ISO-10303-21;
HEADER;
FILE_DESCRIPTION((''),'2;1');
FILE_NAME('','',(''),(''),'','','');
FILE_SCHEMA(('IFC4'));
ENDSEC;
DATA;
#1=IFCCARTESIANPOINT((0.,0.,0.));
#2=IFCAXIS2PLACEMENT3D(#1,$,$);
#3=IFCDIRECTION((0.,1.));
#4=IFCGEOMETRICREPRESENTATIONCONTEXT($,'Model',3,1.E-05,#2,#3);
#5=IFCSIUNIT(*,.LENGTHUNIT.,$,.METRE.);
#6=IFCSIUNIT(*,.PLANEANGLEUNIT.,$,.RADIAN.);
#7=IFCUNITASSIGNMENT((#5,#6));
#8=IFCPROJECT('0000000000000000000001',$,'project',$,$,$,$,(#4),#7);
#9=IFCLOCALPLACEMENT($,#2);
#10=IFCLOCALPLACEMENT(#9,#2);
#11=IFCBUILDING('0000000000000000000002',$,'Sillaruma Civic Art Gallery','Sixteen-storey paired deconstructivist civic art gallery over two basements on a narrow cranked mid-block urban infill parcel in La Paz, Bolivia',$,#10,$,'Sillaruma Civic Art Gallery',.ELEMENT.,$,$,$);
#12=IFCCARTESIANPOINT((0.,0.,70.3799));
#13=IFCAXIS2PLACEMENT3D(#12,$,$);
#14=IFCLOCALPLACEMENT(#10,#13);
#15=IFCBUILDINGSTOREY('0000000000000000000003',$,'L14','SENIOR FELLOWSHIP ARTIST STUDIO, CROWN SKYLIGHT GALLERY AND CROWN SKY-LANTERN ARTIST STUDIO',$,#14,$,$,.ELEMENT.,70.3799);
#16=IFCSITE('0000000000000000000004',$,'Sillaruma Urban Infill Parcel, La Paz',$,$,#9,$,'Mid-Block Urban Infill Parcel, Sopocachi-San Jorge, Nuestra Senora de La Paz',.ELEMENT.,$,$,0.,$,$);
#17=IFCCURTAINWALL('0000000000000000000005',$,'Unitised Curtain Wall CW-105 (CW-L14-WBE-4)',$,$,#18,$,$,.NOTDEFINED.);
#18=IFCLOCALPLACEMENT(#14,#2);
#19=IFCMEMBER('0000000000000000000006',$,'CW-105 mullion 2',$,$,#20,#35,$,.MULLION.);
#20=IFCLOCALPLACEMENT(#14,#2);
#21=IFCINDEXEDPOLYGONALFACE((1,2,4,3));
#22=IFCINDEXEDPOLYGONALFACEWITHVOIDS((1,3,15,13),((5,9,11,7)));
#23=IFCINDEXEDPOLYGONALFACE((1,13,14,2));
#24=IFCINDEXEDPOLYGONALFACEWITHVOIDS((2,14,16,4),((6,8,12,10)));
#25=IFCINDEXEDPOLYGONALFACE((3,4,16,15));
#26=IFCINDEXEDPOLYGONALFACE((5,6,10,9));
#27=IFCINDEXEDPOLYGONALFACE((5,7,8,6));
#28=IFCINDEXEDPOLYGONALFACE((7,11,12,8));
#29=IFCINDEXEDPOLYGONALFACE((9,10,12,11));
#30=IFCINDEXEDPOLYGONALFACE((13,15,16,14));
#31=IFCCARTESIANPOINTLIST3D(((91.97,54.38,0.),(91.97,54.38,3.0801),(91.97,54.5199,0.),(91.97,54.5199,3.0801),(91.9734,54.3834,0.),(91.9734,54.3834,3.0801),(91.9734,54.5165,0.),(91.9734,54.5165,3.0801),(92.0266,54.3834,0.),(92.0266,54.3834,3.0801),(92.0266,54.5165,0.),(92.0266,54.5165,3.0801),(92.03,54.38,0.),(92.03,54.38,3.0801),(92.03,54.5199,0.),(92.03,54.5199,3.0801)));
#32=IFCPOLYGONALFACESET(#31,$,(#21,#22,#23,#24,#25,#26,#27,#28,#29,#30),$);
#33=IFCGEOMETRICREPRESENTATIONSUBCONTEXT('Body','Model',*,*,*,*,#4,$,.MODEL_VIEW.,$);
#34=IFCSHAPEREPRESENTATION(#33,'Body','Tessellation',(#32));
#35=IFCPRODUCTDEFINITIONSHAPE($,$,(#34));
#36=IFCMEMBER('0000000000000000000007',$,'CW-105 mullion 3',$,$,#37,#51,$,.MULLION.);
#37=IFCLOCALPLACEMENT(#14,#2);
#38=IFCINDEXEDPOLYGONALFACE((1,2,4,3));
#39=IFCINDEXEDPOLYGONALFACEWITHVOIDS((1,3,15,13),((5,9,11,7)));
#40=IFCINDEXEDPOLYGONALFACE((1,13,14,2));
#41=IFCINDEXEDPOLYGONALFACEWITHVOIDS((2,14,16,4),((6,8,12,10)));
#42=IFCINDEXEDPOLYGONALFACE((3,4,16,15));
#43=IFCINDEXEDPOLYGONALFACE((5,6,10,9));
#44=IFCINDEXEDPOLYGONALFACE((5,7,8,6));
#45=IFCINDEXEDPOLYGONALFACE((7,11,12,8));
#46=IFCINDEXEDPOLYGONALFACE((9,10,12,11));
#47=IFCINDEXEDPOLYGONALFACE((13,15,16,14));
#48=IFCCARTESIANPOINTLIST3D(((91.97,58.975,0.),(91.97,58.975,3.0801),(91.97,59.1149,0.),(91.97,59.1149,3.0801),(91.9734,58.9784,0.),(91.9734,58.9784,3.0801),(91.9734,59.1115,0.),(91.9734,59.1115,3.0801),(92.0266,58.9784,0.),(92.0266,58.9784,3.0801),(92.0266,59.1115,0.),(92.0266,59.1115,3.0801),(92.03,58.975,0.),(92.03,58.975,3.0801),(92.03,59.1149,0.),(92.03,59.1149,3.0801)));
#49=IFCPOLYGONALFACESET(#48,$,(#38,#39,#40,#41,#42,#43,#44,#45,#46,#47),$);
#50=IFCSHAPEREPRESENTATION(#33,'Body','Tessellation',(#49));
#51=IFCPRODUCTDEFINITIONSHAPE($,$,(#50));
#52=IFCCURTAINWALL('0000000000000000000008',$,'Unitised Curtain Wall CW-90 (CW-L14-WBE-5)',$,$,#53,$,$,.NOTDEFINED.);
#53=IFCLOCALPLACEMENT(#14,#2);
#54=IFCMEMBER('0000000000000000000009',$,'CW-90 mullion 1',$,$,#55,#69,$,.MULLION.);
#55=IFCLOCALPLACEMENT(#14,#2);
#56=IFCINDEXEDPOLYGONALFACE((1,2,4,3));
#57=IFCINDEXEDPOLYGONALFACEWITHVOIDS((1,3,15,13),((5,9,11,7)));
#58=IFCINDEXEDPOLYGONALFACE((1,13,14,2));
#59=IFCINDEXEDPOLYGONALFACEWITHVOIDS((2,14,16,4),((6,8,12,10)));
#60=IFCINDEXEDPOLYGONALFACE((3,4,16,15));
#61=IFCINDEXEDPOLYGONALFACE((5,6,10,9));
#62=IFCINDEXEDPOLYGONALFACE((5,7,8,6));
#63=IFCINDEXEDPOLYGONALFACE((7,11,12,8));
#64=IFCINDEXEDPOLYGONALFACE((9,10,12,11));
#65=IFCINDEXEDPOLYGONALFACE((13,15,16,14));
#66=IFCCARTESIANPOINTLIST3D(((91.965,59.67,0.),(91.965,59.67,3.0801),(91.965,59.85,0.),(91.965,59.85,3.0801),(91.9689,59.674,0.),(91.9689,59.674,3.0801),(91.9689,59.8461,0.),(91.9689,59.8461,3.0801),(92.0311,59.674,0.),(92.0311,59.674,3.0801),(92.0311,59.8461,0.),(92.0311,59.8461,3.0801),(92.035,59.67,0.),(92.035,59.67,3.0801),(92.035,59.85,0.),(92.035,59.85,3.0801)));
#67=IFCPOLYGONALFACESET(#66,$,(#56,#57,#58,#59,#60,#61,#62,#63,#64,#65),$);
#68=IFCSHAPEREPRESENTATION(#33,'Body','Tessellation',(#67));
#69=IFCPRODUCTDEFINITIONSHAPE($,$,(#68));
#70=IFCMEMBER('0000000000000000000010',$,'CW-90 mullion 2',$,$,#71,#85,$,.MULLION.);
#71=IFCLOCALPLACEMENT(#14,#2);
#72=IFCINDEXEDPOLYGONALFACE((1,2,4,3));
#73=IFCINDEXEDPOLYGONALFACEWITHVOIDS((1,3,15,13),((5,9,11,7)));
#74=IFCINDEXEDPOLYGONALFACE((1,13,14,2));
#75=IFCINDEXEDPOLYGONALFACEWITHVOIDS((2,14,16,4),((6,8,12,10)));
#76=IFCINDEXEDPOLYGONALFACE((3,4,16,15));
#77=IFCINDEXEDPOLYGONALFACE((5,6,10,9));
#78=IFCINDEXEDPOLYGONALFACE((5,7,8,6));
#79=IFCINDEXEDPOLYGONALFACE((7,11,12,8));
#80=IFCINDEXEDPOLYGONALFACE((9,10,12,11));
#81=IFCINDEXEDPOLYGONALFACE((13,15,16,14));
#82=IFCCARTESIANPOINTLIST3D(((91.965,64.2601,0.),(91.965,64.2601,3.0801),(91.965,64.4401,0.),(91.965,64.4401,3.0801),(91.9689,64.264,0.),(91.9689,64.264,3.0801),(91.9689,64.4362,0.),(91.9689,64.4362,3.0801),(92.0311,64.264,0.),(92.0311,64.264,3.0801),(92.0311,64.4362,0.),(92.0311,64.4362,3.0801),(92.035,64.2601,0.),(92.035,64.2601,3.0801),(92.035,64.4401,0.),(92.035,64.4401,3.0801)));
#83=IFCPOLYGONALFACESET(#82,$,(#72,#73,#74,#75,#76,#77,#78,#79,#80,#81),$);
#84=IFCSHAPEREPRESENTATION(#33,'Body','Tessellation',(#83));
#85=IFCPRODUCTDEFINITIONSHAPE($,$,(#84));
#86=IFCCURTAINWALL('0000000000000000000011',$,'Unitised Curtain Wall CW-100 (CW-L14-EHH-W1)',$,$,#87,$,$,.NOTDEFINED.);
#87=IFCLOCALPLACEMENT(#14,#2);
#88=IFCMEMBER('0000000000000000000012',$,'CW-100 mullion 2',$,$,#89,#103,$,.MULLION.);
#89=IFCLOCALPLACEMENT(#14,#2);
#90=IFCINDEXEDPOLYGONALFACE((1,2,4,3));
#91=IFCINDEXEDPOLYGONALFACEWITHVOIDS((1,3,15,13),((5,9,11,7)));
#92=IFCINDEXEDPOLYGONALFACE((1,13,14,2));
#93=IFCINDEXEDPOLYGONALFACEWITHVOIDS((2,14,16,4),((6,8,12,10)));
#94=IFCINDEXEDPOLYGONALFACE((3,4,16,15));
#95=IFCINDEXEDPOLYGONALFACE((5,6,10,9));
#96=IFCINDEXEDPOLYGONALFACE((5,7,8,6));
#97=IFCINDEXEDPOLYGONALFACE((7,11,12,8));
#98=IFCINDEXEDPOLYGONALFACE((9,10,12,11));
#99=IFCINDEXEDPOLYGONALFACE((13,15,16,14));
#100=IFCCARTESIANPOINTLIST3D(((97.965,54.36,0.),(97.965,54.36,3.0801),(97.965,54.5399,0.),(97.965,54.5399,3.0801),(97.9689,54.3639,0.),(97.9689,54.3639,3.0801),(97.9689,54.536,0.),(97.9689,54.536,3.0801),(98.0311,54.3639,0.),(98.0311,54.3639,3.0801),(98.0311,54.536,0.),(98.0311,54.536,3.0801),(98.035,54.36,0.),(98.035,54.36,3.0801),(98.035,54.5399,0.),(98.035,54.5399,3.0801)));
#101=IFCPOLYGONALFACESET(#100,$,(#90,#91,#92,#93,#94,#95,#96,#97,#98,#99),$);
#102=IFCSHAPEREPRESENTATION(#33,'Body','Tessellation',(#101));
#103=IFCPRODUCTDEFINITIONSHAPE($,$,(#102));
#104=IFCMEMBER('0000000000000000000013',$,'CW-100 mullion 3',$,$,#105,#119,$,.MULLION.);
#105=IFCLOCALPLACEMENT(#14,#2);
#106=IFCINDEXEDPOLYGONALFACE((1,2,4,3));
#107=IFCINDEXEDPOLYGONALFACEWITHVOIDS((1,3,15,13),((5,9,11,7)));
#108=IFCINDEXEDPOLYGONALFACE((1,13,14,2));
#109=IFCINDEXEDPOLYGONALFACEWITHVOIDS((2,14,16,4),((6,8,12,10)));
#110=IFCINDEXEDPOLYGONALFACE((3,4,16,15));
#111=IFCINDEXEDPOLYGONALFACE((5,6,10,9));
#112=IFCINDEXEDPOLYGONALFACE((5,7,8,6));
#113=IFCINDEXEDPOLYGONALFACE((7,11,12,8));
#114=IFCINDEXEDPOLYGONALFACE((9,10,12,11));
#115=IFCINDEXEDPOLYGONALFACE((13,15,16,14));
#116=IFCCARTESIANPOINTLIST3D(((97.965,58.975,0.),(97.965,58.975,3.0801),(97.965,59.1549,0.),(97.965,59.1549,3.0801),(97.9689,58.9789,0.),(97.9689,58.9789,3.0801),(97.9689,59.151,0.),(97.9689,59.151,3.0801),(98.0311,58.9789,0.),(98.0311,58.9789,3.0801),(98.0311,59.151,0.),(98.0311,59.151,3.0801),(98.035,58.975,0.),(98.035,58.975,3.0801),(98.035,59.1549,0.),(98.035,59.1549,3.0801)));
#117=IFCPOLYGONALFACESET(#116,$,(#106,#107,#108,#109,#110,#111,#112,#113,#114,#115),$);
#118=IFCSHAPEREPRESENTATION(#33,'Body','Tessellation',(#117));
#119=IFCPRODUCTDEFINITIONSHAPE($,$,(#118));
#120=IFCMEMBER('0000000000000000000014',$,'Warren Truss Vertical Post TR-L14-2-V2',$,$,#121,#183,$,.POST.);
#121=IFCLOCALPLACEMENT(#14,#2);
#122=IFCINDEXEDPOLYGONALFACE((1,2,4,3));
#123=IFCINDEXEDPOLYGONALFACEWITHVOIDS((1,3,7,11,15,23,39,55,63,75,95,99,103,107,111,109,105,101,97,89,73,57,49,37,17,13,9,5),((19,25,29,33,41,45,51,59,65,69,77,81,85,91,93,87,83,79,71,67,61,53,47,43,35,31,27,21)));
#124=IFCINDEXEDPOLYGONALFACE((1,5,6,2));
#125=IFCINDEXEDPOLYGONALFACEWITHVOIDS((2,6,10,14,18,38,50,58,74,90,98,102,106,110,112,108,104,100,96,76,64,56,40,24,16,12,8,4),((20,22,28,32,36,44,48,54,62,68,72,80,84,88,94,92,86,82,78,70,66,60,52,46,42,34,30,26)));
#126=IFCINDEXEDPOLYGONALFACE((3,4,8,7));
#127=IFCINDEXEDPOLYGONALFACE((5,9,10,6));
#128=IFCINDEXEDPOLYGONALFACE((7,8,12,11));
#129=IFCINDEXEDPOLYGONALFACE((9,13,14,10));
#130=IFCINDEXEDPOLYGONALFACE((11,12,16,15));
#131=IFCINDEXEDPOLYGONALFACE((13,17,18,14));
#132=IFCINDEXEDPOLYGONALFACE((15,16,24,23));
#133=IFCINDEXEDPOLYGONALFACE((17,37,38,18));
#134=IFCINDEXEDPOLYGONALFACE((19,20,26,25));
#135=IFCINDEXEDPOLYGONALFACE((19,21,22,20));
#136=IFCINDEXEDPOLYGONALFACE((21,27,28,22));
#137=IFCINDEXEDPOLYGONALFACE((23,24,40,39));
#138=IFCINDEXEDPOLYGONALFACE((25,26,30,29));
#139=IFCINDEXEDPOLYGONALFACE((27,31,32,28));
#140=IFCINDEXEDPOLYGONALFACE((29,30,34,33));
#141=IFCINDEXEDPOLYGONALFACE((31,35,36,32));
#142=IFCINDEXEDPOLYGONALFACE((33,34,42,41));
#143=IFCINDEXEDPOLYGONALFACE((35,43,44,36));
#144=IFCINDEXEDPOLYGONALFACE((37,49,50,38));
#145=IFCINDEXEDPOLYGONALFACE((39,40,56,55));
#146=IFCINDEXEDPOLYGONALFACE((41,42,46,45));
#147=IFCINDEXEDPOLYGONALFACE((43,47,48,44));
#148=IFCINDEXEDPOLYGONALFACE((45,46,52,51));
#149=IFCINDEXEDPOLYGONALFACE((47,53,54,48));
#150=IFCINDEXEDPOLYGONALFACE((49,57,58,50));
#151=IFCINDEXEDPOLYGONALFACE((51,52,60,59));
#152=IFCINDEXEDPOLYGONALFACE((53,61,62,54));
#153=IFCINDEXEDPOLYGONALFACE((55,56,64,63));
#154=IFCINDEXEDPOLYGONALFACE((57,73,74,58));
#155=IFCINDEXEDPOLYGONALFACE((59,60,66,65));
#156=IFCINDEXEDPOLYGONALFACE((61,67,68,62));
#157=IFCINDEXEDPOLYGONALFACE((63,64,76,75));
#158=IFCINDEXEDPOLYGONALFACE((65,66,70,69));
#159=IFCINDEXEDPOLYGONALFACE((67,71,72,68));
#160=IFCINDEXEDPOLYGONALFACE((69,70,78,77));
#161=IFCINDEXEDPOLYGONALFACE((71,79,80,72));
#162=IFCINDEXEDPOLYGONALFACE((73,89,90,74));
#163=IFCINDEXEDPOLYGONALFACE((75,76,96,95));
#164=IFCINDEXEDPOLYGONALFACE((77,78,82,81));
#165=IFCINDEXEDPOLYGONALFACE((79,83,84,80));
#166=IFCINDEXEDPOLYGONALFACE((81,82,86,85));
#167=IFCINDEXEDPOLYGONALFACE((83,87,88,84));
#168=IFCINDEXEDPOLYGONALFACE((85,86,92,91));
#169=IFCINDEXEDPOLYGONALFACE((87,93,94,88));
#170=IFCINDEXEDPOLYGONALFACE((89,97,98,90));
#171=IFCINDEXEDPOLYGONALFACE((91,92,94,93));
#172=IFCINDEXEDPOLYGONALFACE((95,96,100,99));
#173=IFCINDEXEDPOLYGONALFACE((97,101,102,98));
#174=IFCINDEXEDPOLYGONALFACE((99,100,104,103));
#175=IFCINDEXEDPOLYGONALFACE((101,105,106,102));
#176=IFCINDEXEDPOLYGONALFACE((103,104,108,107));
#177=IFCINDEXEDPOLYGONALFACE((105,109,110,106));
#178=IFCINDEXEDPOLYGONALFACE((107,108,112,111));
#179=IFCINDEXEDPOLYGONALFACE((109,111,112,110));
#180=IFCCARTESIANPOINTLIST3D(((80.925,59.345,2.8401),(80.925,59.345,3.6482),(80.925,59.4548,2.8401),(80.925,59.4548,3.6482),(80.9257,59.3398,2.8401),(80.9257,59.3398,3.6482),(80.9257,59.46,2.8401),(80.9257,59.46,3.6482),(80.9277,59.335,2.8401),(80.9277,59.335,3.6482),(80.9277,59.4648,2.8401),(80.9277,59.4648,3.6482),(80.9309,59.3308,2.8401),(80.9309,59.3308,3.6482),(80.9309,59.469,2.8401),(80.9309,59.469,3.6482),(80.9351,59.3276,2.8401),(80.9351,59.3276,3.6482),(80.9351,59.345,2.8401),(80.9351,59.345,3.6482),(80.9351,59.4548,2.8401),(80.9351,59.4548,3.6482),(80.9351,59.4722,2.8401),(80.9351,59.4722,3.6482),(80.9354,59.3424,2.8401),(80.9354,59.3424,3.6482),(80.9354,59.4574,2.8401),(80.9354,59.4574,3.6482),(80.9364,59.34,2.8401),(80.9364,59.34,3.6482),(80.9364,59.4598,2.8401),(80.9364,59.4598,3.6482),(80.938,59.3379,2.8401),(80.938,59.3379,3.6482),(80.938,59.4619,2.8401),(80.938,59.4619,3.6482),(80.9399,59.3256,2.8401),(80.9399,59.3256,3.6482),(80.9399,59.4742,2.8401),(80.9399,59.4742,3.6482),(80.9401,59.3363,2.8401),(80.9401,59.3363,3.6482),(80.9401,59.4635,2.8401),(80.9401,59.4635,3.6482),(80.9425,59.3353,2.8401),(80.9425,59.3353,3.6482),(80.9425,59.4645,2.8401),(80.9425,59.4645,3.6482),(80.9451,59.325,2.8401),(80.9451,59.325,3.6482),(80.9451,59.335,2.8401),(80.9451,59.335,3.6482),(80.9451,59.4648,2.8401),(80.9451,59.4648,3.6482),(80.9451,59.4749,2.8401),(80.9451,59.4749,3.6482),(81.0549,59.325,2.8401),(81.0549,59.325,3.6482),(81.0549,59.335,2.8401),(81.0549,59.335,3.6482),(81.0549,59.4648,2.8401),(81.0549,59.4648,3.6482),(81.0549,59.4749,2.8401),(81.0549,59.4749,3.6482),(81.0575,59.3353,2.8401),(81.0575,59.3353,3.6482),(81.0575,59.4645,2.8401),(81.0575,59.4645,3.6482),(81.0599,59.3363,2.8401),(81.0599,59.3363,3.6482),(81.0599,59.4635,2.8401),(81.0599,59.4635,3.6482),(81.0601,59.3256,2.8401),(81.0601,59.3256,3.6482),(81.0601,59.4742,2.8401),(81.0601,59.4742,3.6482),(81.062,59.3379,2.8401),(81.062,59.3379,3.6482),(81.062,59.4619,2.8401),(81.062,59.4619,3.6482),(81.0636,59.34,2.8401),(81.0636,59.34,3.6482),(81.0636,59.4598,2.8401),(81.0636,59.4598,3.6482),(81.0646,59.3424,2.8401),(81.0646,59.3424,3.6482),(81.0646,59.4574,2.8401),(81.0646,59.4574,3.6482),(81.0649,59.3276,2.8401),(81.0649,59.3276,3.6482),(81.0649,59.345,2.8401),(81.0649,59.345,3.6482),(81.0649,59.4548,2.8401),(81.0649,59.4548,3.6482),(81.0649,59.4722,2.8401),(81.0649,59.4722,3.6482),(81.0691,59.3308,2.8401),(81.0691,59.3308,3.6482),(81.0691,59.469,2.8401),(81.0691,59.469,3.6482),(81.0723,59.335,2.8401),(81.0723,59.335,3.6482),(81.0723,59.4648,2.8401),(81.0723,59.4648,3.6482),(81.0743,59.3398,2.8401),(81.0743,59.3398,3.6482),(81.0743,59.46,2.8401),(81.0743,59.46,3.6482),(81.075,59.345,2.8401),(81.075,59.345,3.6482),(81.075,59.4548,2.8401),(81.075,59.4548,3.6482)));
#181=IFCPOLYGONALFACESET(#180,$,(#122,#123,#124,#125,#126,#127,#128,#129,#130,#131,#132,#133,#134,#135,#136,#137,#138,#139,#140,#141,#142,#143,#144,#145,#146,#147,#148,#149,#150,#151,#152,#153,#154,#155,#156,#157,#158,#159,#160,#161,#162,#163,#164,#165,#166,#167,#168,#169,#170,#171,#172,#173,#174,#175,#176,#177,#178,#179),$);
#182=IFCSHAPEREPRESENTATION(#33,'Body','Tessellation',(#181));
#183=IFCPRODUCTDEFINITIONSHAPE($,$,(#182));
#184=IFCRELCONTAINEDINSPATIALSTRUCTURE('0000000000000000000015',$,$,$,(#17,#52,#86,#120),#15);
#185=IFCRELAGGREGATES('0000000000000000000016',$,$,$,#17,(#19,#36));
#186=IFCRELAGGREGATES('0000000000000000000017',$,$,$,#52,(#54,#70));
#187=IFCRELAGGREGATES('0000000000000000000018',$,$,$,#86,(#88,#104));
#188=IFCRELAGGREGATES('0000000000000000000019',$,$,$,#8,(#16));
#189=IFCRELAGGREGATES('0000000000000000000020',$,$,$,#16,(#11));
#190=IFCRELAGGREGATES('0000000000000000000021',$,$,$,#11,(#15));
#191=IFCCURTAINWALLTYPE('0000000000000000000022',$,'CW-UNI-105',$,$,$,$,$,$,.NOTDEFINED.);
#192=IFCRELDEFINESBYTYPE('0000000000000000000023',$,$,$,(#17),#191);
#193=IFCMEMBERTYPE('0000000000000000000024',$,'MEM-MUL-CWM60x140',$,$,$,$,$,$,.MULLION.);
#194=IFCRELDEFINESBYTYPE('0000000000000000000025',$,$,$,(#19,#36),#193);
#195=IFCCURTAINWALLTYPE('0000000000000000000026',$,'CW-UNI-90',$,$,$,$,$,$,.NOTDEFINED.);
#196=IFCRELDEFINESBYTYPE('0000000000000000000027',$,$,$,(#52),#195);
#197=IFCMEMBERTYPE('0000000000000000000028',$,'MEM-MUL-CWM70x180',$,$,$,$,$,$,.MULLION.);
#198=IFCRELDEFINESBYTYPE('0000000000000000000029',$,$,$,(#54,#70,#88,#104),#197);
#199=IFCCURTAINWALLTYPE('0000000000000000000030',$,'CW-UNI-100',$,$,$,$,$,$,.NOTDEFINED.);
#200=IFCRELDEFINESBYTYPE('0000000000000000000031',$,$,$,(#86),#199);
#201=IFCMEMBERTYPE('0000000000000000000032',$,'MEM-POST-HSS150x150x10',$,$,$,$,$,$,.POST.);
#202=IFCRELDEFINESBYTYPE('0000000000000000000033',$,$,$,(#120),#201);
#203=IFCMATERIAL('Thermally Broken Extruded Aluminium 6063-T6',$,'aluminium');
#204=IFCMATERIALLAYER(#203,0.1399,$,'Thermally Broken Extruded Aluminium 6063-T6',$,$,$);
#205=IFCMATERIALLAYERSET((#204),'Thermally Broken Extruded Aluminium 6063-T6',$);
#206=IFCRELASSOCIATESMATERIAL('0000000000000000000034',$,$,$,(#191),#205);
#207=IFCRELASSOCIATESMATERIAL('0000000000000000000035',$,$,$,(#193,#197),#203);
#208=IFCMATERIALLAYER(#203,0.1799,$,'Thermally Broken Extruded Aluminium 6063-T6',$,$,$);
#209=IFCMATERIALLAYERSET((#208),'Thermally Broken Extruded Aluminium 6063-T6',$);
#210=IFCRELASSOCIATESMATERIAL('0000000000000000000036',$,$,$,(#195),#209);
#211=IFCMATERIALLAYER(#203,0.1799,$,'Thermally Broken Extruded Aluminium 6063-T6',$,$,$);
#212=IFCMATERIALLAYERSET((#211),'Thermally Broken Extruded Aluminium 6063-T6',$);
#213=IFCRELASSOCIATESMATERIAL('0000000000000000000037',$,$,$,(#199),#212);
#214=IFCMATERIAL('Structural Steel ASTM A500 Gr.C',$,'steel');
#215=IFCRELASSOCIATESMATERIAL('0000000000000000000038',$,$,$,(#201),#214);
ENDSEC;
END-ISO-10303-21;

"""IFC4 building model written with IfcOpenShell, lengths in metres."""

from ifc_helpers import new_model, si_unit, direction, frame, origin, origin_2d, place, context, subcontext, project, spatial, hollow_rectangle, extrude, material, layer, layer_set, material_profile, profile_set, type_object, element, aggregate, save


model = new_model("IFC4")

# Units and contexts
model_context = context("Model", 3, precision=1e-05, world=origin(), true_north=direction((0.0, 1.0)))
body_context = subcontext(model_context, "Body", "Model", "MODEL_VIEW")
ifc_project = project(units=[si_unit("LENGTHUNIT", "METRE"), si_unit("PLANEANGLEUNIT", "RADIAN")], contexts=[model_context])

# Site, building, storey
site_placement = place(None, origin())
site = spatial("IfcSite", under=ifc_project, at=site_placement, Name="Sillaruma Urban Infill Parcel, La Paz", LongName="Mid-Block Urban Infill Parcel, Sopocachi-San Jorge, Nuestra Senora de La Paz", CompositionType="ELEMENT", RefElevation=0.0)
building_placement = place(site_placement, origin())
building = spatial("IfcBuilding", under=site, at=building_placement, Name="Sillaruma Civic Art Gallery", Description="Sixteen-storey paired deconstructivist civic art gallery over two basements on a narrow cranked mid-block urban infill parcel in La Paz, Bolivia", LongName="Sillaruma Civic Art Gallery", CompositionType="ELEMENT")
storey_placement = place(building_placement, frame((0.0, 0.0, 70.3799)))
storey = spatial("IfcBuildingStorey", under=building, at=storey_placement, Name="L14", Description="SENIOR FELLOWSHIP ARTIST STUDIO, CROWN SKYLIGHT GALLERY AND CROWN SKY-LANTERN ARTIST STUDIO", CompositionType="ELEMENT", Elevation=70.3799)

# Shared definitions
ifc_material_1 = material(Name="Structural Steel ASTM A500 Gr.C", Category="steel")

# Curtain walls, members
ifc_material_2 = material(Name="Thermally Broken Extruded Aluminium 6063-T6", Category="aluminium")
ifc_layer_1 = layer(ifc_material_2, 0.1399, Name="Thermally Broken Extruded Aluminium 6063-T6")
ifc_layer_set_1 = layer_set([ifc_layer_1], Name="Thermally Broken Extruded Aluminium 6063-T6")
curtain_wall_type_1 = type_object("IfcCurtainWallType", Name="CW-UNI-105", PredefinedType="NOTDEFINED", material=ifc_layer_set_1)
curtain_wall_1_placement = place(storey_placement, origin())
curtain_wall_1 = element("IfcCurtainWall", 1, at=curtain_wall_1_placement, inside=storey, type_object=curtain_wall_type_1, Name="Unitised Curtain Wall CW-105 (CW-L14-WBE-4)", PredefinedType="NOTDEFINED")
ifc_material_profile_1 = material_profile(ifc_material_2, hollow_rectangle(XDim=0.0601, YDim=0.1399, WallThickness=0.0034, at=origin_2d()), Name="CWM60x140")
ifc_profile_set_1 = profile_set([ifc_material_profile_1], Name="Thermally Broken Extruded Aluminium 6063-T6")
member_type_1 = type_object("IfcMemberType", Name="MEM-MUL-CWM60x140", PredefinedType="MULLION", material=ifc_profile_set_1)
member_1_placement = place(storey_placement, frame((92.0, 54.45, 0.0), z_axis=(0.0, 0.0, 1.0), x_axis=(-1.0, 0.0, 0.0)))
member_1 = element("IfcMember", 2, at=member_1_placement, type_object=member_type_1, Name="CW-105 mullion 2", PredefinedType="MULLION", context=body_context, shape_type="SweptSolid", body=[
    extrude(hollow_rectangle(XDim=0.0601, YDim=0.1399, WallThickness=0.0034, at=origin_2d()), origin(), (0.0, 0.0, 1.0), 3.0801),
])
member_2_placement = place(storey_placement, frame((92.0, 59.0449, 0.0), z_axis=(0.0, 0.0, 1.0), x_axis=(-1.0, 0.0, 0.0)))
member_2 = element("IfcMember", 3, at=member_2_placement, type_object=member_type_1, Name="CW-105 mullion 3", PredefinedType="MULLION", context=body_context, shape_type="SweptSolid", body=[
    extrude(hollow_rectangle(XDim=0.0601, YDim=0.1399, WallThickness=0.0034, at=origin_2d()), origin(), (0.0, 0.0, 1.0), 3.0801),
])
ifc_layer_2 = layer(ifc_material_2, 0.1799, Name="Thermally Broken Extruded Aluminium 6063-T6")
ifc_layer_set_2 = layer_set([ifc_layer_2], Name="Thermally Broken Extruded Aluminium 6063-T6")
curtain_wall_type_2 = type_object("IfcCurtainWallType", Name="CW-UNI-90", PredefinedType="NOTDEFINED", material=ifc_layer_set_2)
curtain_wall_2_placement = place(storey_placement, origin())
curtain_wall_2 = element("IfcCurtainWall", 4, at=curtain_wall_2_placement, inside=storey, type_object=curtain_wall_type_2, Name="Unitised Curtain Wall CW-90 (CW-L14-WBE-5)", PredefinedType="NOTDEFINED")
ifc_material_profile_2 = material_profile(ifc_material_2, hollow_rectangle(XDim=0.0701, YDim=0.1799, WallThickness=0.0039, at=origin_2d()), Name="CWM70x180")
ifc_profile_set_2 = profile_set([ifc_material_profile_2], Name="Thermally Broken Extruded Aluminium 6063-T6")
member_type_2 = type_object("IfcMemberType", Name="MEM-MUL-CWM70x180", PredefinedType="MULLION", material=ifc_profile_set_2)
member_3_placement = place(storey_placement, frame((92.0, 59.76, 0.0), z_axis=(0.0, 0.0, 1.0), x_axis=(-1.0, 0.0, 0.0)))
member_3 = element("IfcMember", 5, at=member_3_placement, type_object=member_type_2, Name="CW-90 mullion 1", PredefinedType="MULLION", context=body_context, shape_type="SweptSolid", body=[
    extrude(hollow_rectangle(XDim=0.0701, YDim=0.1799, WallThickness=0.0039, at=origin_2d()), origin(), (0.0, 0.0, 1.0), 3.0801),
])
member_4_placement = place(storey_placement, frame((92.0, 64.3501, 0.0), z_axis=(0.0, 0.0, 1.0), x_axis=(-1.0, 0.0, 0.0)))
member_4 = element("IfcMember", 6, at=member_4_placement, type_object=member_type_2, Name="CW-90 mullion 2", PredefinedType="MULLION", context=body_context, shape_type="SweptSolid", body=[
    extrude(hollow_rectangle(XDim=0.0701, YDim=0.1799, WallThickness=0.0039, at=origin_2d()), origin(), (0.0, 0.0, 1.0), 3.0801),
])
ifc_layer_3 = layer(ifc_material_2, 0.1799, Name="Thermally Broken Extruded Aluminium 6063-T6")
ifc_layer_set_3 = layer_set([ifc_layer_3], Name="Thermally Broken Extruded Aluminium 6063-T6")
curtain_wall_type_3 = type_object("IfcCurtainWallType", Name="CW-UNI-100", PredefinedType="NOTDEFINED", material=ifc_layer_set_3)
curtain_wall_3_placement = place(storey_placement, origin())
curtain_wall_3 = element("IfcCurtainWall", 7, at=curtain_wall_3_placement, inside=storey, type_object=curtain_wall_type_3, Name="Unitised Curtain Wall CW-100 (CW-L14-EHH-W1)", PredefinedType="NOTDEFINED")
member_5_placement = place(storey_placement, frame((98.0, 54.45, 0.0), z_axis=(0.0, 0.0, 1.0), x_axis=(-1.0, 0.0, 0.0)))
member_5 = element("IfcMember", 8, at=member_5_placement, type_object=member_type_2, Name="CW-100 mullion 2", PredefinedType="MULLION", context=body_context, shape_type="SweptSolid", body=[
    extrude(hollow_rectangle(XDim=0.0701, YDim=0.1799, WallThickness=0.0039, at=origin_2d()), origin(), (0.0, 0.0, 1.0), 3.0801),
])
member_6_placement = place(storey_placement, frame((98.0, 59.0649, 0.0), z_axis=(0.0, 0.0, 1.0), x_axis=(-1.0, 0.0, 0.0)))
member_6 = element("IfcMember", 9, at=member_6_placement, type_object=member_type_2, Name="CW-100 mullion 3", PredefinedType="MULLION", context=body_context, shape_type="SweptSolid", body=[
    extrude(hollow_rectangle(XDim=0.0701, YDim=0.1799, WallThickness=0.0039, at=origin_2d()), origin(), (0.0, 0.0, 1.0), 3.0801),
])

# Member
ifc_material_profile_3 = material_profile(ifc_material_1, hollow_rectangle(XDim=0.1499, YDim=0.1499, WallThickness=0.01, InnerFilletRadius=0.01, OuterFilletRadius=0.02, at=origin_2d()), Name="HSS150x150x10")
ifc_profile_set_3 = profile_set([ifc_material_profile_3], Name="Structural Steel ASTM A500 Gr.C")
member_type_3 = type_object("IfcMemberType", Name="MEM-POST-HSS150x150x10", PredefinedType="POST", material=ifc_profile_set_3)
for number, where, z_axis, x_axis, name in (
    (10, (81.0, 59.3999, 2.8401), (0.0, 0.0, 1.0), (1.0, 0.0, 0.0), "Warren Truss Vertical Post TR-L14-2-V2"),
):
    element("IfcMember", number, at=place(storey_placement, frame(where, z_axis=z_axis, x_axis=x_axis)), inside=storey, type_object=member_type_3, Name=name, PredefinedType="POST", context=body_context, shape_type="SweptSolid", body=[
        extrude(hollow_rectangle(XDim=0.1499, YDim=0.1499, WallThickness=0.01, InnerFilletRadius=0.01, OuterFilletRadius=0.02, at=origin_2d()), origin(), (0.0, 0.0, 1.0), 0.8081),
    ])

aggregate(curtain_wall_1, [member_1, member_2])
aggregate(curtain_wall_2, [member_3, member_4])
aggregate(curtain_wall_3, [member_5, member_6])

save(model, "model.ifc")
